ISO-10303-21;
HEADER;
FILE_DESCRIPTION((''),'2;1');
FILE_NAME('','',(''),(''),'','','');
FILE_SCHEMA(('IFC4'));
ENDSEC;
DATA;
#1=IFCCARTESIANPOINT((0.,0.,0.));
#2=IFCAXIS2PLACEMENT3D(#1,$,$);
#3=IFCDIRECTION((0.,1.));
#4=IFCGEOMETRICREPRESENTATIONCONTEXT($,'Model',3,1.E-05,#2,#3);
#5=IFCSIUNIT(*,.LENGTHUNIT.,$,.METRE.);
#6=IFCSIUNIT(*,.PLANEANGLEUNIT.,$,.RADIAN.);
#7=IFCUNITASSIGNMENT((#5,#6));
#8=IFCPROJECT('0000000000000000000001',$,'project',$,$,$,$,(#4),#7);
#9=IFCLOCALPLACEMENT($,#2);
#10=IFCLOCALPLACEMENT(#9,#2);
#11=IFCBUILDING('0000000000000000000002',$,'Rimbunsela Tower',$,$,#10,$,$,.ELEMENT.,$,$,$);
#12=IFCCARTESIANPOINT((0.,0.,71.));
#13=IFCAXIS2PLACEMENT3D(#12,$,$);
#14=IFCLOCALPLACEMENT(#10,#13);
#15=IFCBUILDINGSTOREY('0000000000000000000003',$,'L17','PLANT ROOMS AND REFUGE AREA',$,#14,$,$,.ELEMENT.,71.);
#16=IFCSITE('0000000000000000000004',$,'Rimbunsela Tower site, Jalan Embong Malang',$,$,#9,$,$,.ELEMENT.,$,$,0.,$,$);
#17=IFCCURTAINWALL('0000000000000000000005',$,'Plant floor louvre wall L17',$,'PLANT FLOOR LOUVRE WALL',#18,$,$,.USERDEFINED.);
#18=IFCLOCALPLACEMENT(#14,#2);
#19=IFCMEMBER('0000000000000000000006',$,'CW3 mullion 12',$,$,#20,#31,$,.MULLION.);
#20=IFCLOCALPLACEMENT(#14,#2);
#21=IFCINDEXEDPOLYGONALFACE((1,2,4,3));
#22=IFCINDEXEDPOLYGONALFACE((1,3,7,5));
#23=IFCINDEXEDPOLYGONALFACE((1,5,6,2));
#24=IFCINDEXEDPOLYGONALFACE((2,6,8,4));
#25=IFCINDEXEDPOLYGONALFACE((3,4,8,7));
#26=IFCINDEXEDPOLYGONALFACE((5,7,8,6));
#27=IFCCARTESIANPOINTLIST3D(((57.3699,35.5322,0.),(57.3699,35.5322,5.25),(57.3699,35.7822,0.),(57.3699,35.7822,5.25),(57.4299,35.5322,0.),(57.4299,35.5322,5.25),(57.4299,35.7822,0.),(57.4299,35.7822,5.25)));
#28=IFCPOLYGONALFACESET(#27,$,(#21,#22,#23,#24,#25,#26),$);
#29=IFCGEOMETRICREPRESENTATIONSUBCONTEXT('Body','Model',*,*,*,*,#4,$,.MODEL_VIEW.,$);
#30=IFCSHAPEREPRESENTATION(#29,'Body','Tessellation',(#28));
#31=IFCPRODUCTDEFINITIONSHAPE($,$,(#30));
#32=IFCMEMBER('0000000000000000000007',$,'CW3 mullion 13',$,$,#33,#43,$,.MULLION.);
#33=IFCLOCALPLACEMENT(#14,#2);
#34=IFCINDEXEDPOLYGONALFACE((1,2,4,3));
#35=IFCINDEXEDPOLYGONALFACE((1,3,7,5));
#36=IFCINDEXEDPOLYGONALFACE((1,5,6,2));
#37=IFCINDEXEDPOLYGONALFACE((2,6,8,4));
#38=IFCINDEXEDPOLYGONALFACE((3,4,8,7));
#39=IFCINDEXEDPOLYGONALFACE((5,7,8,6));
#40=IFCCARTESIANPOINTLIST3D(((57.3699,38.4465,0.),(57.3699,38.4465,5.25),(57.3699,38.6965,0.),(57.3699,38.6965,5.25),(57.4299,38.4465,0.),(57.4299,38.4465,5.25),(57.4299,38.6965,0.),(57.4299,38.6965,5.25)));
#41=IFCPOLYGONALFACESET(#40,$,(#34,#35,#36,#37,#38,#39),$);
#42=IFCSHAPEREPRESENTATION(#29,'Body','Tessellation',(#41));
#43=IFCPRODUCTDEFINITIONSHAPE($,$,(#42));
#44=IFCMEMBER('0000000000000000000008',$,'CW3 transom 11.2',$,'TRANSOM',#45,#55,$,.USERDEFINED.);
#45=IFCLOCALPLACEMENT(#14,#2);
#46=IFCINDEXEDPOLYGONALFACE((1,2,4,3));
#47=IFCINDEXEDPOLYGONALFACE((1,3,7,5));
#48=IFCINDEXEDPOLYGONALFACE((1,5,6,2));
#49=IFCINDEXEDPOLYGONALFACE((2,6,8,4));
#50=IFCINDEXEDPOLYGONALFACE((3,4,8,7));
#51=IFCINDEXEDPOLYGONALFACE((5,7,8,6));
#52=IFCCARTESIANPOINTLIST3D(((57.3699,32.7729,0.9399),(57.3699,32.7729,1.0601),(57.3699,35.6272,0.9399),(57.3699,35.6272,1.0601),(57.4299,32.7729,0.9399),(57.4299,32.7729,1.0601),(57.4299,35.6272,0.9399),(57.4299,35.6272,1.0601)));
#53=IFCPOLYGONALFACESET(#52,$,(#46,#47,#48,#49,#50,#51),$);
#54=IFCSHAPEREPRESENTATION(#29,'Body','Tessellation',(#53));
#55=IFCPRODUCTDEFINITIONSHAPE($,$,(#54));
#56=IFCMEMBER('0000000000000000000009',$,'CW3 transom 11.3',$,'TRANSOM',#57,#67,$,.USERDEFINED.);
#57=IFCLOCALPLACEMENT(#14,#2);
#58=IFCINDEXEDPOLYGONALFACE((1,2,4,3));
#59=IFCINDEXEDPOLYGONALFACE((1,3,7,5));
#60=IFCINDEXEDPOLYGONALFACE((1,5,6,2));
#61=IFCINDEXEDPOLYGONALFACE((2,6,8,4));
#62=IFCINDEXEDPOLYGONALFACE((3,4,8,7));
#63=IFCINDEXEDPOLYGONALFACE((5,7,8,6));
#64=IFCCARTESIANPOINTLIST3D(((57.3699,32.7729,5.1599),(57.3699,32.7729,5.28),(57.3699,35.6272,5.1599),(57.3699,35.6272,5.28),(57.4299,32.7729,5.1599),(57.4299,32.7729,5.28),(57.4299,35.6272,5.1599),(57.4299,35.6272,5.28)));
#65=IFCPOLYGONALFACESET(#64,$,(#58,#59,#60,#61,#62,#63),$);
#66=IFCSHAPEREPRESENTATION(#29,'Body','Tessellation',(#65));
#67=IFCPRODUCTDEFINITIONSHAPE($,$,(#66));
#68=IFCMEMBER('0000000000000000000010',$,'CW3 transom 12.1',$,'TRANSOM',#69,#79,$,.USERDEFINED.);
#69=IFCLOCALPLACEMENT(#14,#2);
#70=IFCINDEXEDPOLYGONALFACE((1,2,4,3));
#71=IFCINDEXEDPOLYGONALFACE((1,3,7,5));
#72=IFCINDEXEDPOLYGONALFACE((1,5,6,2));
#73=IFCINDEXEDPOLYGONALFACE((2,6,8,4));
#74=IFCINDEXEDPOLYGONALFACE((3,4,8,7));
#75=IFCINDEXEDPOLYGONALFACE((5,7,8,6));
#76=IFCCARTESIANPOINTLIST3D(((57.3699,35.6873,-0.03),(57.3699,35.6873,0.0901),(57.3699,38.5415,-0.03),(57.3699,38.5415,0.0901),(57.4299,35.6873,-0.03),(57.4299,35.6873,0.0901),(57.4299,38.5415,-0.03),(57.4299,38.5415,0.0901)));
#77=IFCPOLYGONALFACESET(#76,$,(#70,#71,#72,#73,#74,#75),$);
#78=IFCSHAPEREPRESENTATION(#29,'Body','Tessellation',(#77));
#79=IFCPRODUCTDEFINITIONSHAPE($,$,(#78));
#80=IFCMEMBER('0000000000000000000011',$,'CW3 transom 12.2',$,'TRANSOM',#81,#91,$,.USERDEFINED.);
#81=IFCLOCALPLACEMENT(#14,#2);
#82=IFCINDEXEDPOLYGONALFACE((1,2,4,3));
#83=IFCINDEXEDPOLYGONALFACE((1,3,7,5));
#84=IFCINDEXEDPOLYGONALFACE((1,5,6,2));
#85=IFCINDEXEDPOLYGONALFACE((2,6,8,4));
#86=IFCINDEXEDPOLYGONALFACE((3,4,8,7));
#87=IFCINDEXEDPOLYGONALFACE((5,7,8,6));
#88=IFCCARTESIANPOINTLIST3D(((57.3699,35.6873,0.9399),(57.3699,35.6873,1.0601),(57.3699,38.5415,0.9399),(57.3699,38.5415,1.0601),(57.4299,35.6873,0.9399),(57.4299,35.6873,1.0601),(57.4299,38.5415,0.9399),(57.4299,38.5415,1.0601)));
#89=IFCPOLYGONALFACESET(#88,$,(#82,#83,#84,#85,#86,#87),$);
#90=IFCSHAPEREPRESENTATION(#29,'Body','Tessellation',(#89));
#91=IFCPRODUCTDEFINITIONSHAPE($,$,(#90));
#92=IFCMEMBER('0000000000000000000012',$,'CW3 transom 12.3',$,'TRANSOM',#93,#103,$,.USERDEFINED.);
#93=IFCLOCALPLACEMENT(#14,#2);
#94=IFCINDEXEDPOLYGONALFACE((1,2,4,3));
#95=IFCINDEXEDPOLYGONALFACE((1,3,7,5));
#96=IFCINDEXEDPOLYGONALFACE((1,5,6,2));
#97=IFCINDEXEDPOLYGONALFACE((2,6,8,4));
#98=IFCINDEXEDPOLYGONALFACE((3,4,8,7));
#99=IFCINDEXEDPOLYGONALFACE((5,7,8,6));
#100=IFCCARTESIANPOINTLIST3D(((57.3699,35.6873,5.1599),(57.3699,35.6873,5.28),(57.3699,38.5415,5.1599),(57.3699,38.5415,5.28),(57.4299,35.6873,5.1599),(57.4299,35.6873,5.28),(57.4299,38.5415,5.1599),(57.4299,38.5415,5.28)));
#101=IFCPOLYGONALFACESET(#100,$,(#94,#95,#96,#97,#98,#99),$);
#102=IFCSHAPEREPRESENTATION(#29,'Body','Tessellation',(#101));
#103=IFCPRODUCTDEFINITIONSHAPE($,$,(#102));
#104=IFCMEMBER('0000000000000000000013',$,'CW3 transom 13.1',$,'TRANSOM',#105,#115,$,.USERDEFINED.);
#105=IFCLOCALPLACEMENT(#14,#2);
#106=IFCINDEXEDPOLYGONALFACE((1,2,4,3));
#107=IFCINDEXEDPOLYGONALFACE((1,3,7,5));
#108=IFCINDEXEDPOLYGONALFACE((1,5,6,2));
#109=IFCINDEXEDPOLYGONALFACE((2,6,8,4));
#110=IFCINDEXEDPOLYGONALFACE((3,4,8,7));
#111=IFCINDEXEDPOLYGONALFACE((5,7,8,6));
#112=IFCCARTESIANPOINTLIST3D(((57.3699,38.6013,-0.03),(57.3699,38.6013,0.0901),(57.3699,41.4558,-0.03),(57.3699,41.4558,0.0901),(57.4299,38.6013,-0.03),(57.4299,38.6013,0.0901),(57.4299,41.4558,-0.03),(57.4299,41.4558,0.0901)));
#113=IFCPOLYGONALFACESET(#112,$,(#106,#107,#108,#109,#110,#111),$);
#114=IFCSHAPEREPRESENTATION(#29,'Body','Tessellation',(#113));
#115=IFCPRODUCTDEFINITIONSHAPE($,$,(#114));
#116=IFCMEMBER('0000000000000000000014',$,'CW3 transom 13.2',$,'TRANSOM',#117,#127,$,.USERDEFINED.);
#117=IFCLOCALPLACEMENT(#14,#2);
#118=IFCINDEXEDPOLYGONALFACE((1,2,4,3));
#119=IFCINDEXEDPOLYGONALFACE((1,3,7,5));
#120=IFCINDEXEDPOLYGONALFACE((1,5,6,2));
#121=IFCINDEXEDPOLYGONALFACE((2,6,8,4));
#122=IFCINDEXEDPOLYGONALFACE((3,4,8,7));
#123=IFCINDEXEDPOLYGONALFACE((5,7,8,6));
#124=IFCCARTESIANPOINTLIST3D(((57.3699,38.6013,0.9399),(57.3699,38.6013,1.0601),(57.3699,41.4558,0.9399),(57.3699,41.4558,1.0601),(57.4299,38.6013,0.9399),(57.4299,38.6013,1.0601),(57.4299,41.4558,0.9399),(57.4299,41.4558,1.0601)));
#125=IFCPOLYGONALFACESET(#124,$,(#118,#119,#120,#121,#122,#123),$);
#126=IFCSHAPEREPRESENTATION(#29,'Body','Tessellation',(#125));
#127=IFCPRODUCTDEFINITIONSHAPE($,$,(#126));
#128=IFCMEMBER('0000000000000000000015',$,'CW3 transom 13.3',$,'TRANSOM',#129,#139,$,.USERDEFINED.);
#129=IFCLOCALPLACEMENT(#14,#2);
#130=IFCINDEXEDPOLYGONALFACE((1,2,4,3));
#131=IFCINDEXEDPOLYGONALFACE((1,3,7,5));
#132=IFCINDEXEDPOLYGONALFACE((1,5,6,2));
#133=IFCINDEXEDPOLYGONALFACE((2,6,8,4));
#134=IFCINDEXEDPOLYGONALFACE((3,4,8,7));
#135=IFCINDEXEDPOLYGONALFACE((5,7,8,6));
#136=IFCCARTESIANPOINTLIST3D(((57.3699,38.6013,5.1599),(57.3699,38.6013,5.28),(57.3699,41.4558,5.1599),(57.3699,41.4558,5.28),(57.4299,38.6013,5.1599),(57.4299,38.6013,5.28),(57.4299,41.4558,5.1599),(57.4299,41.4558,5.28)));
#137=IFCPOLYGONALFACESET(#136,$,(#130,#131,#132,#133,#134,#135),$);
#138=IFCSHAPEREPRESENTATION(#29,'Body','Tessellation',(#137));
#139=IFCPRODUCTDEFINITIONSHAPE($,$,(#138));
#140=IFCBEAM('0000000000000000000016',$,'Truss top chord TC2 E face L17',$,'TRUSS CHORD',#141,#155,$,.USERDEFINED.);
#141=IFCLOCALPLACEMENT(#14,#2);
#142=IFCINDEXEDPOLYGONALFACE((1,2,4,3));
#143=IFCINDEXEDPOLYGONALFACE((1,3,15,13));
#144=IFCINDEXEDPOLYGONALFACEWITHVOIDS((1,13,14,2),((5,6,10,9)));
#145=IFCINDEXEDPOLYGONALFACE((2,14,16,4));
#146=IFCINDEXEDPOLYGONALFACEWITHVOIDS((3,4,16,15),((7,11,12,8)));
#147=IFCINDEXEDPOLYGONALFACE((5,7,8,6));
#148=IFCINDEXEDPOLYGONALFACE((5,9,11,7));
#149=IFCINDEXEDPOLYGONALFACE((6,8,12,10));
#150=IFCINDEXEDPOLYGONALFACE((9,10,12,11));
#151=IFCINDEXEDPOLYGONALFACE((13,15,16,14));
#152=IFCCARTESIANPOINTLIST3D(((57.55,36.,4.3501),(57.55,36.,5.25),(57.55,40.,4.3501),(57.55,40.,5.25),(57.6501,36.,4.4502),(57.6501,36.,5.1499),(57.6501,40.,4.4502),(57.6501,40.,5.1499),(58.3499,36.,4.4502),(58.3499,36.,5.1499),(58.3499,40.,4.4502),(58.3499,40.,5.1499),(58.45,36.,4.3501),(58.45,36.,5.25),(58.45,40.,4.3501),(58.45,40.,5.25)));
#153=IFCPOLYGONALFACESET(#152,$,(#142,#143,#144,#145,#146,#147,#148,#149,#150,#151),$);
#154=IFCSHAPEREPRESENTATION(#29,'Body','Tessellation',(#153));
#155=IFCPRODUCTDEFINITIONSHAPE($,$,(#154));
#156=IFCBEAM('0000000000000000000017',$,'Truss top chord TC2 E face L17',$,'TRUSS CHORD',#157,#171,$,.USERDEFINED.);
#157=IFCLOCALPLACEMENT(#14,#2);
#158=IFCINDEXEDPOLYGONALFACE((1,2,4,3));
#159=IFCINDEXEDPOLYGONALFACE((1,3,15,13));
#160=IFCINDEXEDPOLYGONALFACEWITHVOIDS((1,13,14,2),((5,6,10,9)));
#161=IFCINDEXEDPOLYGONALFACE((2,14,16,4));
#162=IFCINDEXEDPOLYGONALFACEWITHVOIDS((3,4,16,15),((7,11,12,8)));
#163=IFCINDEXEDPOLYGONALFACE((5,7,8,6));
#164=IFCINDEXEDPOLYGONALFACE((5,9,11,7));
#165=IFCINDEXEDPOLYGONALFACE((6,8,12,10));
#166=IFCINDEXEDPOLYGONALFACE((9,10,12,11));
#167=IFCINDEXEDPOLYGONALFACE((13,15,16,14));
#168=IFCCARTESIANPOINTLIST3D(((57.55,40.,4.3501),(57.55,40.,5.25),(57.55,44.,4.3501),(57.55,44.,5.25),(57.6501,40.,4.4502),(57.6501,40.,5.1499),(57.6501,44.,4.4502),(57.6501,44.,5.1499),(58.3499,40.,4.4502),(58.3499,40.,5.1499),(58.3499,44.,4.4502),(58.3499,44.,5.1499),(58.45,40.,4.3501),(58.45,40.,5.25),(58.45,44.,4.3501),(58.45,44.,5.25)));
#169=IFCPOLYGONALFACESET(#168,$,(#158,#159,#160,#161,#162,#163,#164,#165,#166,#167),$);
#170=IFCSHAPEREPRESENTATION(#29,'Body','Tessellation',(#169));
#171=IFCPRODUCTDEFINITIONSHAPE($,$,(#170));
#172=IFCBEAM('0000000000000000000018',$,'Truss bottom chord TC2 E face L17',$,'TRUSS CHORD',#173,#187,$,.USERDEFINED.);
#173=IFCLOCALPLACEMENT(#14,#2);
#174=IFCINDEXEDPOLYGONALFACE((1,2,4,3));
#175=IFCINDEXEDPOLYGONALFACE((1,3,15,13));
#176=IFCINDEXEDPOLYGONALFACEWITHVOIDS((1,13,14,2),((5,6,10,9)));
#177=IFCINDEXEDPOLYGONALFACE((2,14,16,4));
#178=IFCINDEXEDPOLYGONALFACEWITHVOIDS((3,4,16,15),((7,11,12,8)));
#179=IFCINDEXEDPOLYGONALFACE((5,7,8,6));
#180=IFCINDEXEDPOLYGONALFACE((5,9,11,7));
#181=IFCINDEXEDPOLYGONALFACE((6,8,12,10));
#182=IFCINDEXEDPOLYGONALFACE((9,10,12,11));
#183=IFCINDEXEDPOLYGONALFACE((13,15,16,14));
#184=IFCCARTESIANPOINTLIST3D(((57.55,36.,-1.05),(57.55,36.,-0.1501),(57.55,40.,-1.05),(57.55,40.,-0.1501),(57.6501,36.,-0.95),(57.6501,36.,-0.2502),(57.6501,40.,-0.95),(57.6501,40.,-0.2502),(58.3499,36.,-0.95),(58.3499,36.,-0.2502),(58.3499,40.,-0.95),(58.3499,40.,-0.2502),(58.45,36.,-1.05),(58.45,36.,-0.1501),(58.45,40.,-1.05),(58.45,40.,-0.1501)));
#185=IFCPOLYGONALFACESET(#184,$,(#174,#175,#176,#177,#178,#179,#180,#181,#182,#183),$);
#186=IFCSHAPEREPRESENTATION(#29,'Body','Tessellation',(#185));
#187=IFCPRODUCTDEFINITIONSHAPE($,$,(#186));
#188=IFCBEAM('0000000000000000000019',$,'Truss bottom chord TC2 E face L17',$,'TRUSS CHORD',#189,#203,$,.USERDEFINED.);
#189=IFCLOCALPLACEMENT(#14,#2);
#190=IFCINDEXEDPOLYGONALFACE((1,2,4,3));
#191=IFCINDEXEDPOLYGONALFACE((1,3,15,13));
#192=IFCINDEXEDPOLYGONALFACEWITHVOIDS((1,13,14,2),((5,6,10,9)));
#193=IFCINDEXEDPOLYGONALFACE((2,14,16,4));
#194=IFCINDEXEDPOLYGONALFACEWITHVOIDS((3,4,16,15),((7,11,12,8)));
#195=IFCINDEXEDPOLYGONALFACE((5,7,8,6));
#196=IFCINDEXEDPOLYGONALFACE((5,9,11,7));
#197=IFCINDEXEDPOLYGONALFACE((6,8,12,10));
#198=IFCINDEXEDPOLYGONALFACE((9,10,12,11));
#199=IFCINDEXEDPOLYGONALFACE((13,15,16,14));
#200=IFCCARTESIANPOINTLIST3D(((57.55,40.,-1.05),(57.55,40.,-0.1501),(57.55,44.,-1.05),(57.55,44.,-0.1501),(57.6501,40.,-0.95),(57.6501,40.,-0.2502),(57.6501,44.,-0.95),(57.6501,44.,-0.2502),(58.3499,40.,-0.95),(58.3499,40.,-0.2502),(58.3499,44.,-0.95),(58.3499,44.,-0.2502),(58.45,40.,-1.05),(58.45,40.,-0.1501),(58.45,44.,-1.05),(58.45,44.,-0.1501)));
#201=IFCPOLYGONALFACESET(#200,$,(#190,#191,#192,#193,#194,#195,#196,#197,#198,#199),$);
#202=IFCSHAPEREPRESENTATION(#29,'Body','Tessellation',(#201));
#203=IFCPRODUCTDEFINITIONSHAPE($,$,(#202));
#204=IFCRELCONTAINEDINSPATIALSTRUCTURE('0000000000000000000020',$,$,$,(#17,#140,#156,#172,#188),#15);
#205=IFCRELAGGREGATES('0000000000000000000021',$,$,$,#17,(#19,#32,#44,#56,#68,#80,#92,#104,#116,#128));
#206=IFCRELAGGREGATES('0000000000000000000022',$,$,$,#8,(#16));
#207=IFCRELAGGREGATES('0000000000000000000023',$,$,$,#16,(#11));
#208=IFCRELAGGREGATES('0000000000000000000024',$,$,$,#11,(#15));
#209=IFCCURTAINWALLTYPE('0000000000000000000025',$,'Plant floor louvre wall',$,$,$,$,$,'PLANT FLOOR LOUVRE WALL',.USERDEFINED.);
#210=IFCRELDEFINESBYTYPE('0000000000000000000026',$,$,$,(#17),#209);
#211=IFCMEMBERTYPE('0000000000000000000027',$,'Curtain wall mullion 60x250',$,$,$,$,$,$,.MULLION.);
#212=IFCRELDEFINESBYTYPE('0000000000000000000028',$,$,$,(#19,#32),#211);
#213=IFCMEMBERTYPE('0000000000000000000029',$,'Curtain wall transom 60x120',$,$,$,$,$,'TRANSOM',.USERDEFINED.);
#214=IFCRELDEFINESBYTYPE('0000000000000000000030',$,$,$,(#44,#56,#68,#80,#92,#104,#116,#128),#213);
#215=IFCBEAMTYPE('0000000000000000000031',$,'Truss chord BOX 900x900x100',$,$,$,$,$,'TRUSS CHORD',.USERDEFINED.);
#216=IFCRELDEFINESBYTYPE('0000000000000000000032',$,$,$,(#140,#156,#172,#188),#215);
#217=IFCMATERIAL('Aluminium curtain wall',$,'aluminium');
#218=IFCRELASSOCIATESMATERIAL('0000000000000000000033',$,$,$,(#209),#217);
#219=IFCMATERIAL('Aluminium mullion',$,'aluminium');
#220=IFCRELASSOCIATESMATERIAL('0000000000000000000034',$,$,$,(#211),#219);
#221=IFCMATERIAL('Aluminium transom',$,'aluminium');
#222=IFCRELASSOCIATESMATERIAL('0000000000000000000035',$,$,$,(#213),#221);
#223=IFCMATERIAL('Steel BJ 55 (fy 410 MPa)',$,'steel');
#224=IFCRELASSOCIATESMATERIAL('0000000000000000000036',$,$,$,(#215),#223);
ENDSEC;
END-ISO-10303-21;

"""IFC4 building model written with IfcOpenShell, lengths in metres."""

from ifc_helpers import new_model, si_unit, direction, frame, origin, origin_2d, place, context, subcontext, project, spatial, rectangle, hollow_rectangle, extrude, material, material_profile, profile_set, type_object, element, aggregate, save


model = new_model("IFC4")

# Units and contexts
model_context = context("Model", 3, precision=1e-05, world=origin(), true_north=direction((0.0, 1.0)))
body_context = subcontext(model_context, "Body", "Model", "MODEL_VIEW")
ifc_project = project(units=[si_unit("LENGTHUNIT", "METRE"), si_unit("PLANEANGLEUNIT", "RADIAN")], contexts=[model_context])

# Site, building, storey
site_placement = place(None, origin())
site = spatial("IfcSite", under=ifc_project, at=site_placement, Name="Rimbunsela Tower site, Jalan Embong Malang", CompositionType="ELEMENT", RefElevation=0.0)
building_placement = place(site_placement, origin())
building = spatial("IfcBuilding", under=site, at=building_placement, Name="Rimbunsela Tower", CompositionType="ELEMENT")
storey_placement = place(building_placement, frame((0.0, 0.0, 71.0)))
storey = spatial("IfcBuildingStorey", under=building, at=storey_placement, Name="L17", Description="PLANT ROOMS AND REFUGE AREA", CompositionType="ELEMENT", Elevation=71.0)

# Curtain wall, members
ifc_material_1 = material(Name="Aluminium curtain wall", Category="aluminium")
curtain_wall_type = type_object("IfcCurtainWallType", Name="Plant floor louvre wall", ElementType="PLANT FLOOR LOUVRE WALL", PredefinedType="USERDEFINED", material=ifc_material_1)
curtain_wall_placement = place(storey_placement, origin())
curtain_wall = element("IfcCurtainWall", 1, at=curtain_wall_placement, inside=storey, type_object=curtain_wall_type, Name="Plant floor louvre wall L17", ObjectType="PLANT FLOOR LOUVRE WALL", PredefinedType="USERDEFINED")
ifc_material_2 = material(Name="Aluminium mullion", Category="aluminium")
ifc_material_profile_1 = material_profile(ifc_material_2, rectangle(XDim=0.0601, YDim=0.25, at=origin_2d()), Name="Mullion 60x250")
ifc_profile_set_1 = profile_set([ifc_material_profile_1], Name="Aluminium mullion")
member_type_1 = type_object("IfcMemberType", Name="Curtain wall mullion 60x250", PredefinedType="MULLION", material=ifc_profile_set_1)
member_1_placement = place(storey_placement, frame((57.3999, 35.6572, 0.0), z_axis=(0.0, 0.0, 1.0), x_axis=(-1.0, 0.0, 0.0)))
member_1 = element("IfcMember", 2, at=member_1_placement, type_object=member_type_1, Name="CW3 mullion 12", PredefinedType="MULLION", context=body_context, shape_type="SweptSolid", body=[
    extrude(rectangle(XDim=0.0601, YDim=0.25, at=origin_2d()), origin(), (0.0, 0.0, 1.0), 5.25),
])
member_2_placement = place(storey_placement, frame((57.3999, 38.5715, 0.0), z_axis=(0.0, 0.0, 1.0), x_axis=(-1.0, 0.0, 0.0)))
member_2 = element("IfcMember", 3, at=member_2_placement, type_object=member_type_1, Name="CW3 mullion 13", PredefinedType="MULLION", context=body_context, shape_type="SweptSolid", body=[
    extrude(rectangle(XDim=0.0601, YDim=0.25, at=origin_2d()), origin(), (0.0, 0.0, 1.0), 5.25),
])
ifc_material_3 = material(Name="Aluminium transom", Category="aluminium")
ifc_material_profile_2 = material_profile(ifc_material_3, rectangle(XDim=0.0601, YDim=0.1201, at=origin_2d()), Name="Transom 60x120")
ifc_profile_set_2 = profile_set([ifc_material_profile_2], Name="Aluminium transom")
member_type_2 = type_object("IfcMemberType", Name="Curtain wall transom 60x120", ElementType="TRANSOM", PredefinedType="USERDEFINED", material=ifc_profile_set_2)
member_3_placement = place(storey_placement, frame((57.3999, 32.7729, 1.0), z_axis=(0.0, 1.0, 0.0), x_axis=(-1.0, 0.0, 0.0)))
member_3 = element("IfcMember", 4, at=member_3_placement, type_object=member_type_2, Name="CW3 transom 11.2", ObjectType="TRANSOM", PredefinedType="USERDEFINED", context=body_context, shape_type="SweptSolid", body=[
    extrude(rectangle(XDim=0.0601, YDim=0.1201, at=origin_2d()), origin(), (0.0, 0.0, 1.0), 2.8542),
])
member_4_placement = place(storey_placement, frame((57.3999, 32.7729, 5.22), z_axis=(0.0, 1.0, 0.0), x_axis=(-1.0, 0.0, 0.0)))
member_4 = element("IfcMember", 5, at=member_4_placement, type_object=member_type_2, Name="CW3 transom 11.3", ObjectType="TRANSOM", PredefinedType="USERDEFINED", context=body_context, shape_type="SweptSolid", body=[
    extrude(rectangle(XDim=0.0601, YDim=0.1201, at=origin_2d()), origin(), (0.0, 0.0, 1.0), 2.8542),
])
member_5_placement = place(storey_placement, frame((57.3999, 35.6873, 0.03), z_axis=(0.0, 1.0, 0.0), x_axis=(-1.0, 0.0, 0.0)))
member_5 = element("IfcMember", 6, at=member_5_placement, type_object=member_type_2, Name="CW3 transom 12.1", ObjectType="TRANSOM", PredefinedType="USERDEFINED", context=body_context, shape_type="SweptSolid", body=[
    extrude(rectangle(XDim=0.0601, YDim=0.1201, at=origin_2d()), origin(), (0.0, 0.0, 1.0), 2.8542),
])
member_6_placement = place(storey_placement, frame((57.3999, 35.6873, 1.0), z_axis=(0.0, 1.0, 0.0), x_axis=(-1.0, 0.0, 0.0)))
member_6 = element("IfcMember", 7, at=member_6_placement, type_object=member_type_2, Name="CW3 transom 12.2", ObjectType="TRANSOM", PredefinedType="USERDEFINED", context=body_context, shape_type="SweptSolid", body=[
    extrude(rectangle(XDim=0.0601, YDim=0.1201, at=origin_2d()), origin(), (0.0, 0.0, 1.0), 2.8542),
])
member_7_placement = place(storey_placement, frame((57.3999, 35.6873, 5.22), z_axis=(0.0, 1.0, 0.0), x_axis=(-1.0, 0.0, 0.0)))
member_7 = element("IfcMember", 8, at=member_7_placement, type_object=member_type_2, Name="CW3 transom 12.3", ObjectType="TRANSOM", PredefinedType="USERDEFINED", context=body_context, shape_type="SweptSolid", body=[
    extrude(rectangle(XDim=0.0601, YDim=0.1201, at=origin_2d()), origin(), (0.0, 0.0, 1.0), 2.8542),
])
member_8_placement = place(storey_placement, frame((57.3999, 38.6013, 0.03), z_axis=(0.0, 1.0, 0.0), x_axis=(-1.0, 0.0, 0.0)))
member_8 = element("IfcMember", 9, at=member_8_placement, type_object=member_type_2, Name="CW3 transom 13.1", ObjectType="TRANSOM", PredefinedType="USERDEFINED", context=body_context, shape_type="SweptSolid", body=[
    extrude(rectangle(XDim=0.0601, YDim=0.1201, at=origin_2d()), origin(), (0.0, 0.0, 1.0), 2.8545),
])
member_9_placement = place(storey_placement, frame((57.3999, 38.6013, 1.0), z_axis=(0.0, 1.0, 0.0), x_axis=(-1.0, 0.0, 0.0)))
member_9 = element("IfcMember", 10, at=member_9_placement, type_object=member_type_2, Name="CW3 transom 13.2", ObjectType="TRANSOM", PredefinedType="USERDEFINED", context=body_context, shape_type="SweptSolid", body=[
    extrude(rectangle(XDim=0.0601, YDim=0.1201, at=origin_2d()), origin(), (0.0, 0.0, 1.0), 2.8545),
])
member_10_placement = place(storey_placement, frame((57.3999, 38.6013, 5.22), z_axis=(0.0, 1.0, 0.0), x_axis=(-1.0, 0.0, 0.0)))
member_10 = element("IfcMember", 11, at=member_10_placement, type_object=member_type_2, Name="CW3 transom 13.3", ObjectType="TRANSOM", PredefinedType="USERDEFINED", context=body_context, shape_type="SweptSolid", body=[
    extrude(rectangle(XDim=0.0601, YDim=0.1201, at=origin_2d()), origin(), (0.0, 0.0, 1.0), 2.8545),
])

# Beams
ifc_material_4 = material(Name="Steel BJ 55 (fy 410 MPa)", Category="steel")
ifc_material_profile_3 = material_profile(ifc_material_4, hollow_rectangle(XDim=0.8999, YDim=0.8999, WallThickness=0.1001, at=origin_2d()), Name="BOX 900x900x100")
ifc_profile_set_3 = profile_set([ifc_material_profile_3], Name="Steel BJ 55 (fy 410 MPa)")
beam_type = type_object("IfcBeamType", Name="Truss chord BOX 900x900x100", ElementType="TRUSS CHORD", PredefinedType="USERDEFINED", material=ifc_profile_set_3)
for number, where, z_axis, x_axis, name in (
    (12, (58.0, 36.0, 4.8), (0.0, 1.0, 0.0), (-1.0, 0.0, 0.0), "Truss top chord TC2 E face L17"),
    (13, (58.0, 40.0, 4.8), (0.0, 1.0, 0.0), (-1.0, 0.0, 0.0), "Truss top chord TC2 E face L17"),
    (14, (58.0, 36.0, -0.6001), (0.0, 1.0, 0.0), (-1.0, 0.0, 0.0), "Truss bottom chord TC2 E face L17"),
    (15, (58.0, 40.0, -0.6001), (0.0, 1.0, 0.0), (-1.0, 0.0, 0.0), "Truss bottom chord TC2 E face L17"),
):
    element("IfcBeam", number, at=place(storey_placement, frame(where, z_axis=z_axis, x_axis=x_axis)), inside=storey, type_object=beam_type, Name=name, ObjectType="TRUSS CHORD", PredefinedType="USERDEFINED", context=body_context, shape_type="SweptSolid", body=[
        extrude(hollow_rectangle(XDim=0.8999, YDim=0.8999, WallThickness=0.1001, at=origin_2d()), origin(), (0.0, 0.0, 1.0), 4.0),
    ])

aggregate(curtain_wall, [member_1, member_2, member_3, member_4, member_5, member_6, member_7, member_8, member_9, member_10])

save(model, "model.ifc")
